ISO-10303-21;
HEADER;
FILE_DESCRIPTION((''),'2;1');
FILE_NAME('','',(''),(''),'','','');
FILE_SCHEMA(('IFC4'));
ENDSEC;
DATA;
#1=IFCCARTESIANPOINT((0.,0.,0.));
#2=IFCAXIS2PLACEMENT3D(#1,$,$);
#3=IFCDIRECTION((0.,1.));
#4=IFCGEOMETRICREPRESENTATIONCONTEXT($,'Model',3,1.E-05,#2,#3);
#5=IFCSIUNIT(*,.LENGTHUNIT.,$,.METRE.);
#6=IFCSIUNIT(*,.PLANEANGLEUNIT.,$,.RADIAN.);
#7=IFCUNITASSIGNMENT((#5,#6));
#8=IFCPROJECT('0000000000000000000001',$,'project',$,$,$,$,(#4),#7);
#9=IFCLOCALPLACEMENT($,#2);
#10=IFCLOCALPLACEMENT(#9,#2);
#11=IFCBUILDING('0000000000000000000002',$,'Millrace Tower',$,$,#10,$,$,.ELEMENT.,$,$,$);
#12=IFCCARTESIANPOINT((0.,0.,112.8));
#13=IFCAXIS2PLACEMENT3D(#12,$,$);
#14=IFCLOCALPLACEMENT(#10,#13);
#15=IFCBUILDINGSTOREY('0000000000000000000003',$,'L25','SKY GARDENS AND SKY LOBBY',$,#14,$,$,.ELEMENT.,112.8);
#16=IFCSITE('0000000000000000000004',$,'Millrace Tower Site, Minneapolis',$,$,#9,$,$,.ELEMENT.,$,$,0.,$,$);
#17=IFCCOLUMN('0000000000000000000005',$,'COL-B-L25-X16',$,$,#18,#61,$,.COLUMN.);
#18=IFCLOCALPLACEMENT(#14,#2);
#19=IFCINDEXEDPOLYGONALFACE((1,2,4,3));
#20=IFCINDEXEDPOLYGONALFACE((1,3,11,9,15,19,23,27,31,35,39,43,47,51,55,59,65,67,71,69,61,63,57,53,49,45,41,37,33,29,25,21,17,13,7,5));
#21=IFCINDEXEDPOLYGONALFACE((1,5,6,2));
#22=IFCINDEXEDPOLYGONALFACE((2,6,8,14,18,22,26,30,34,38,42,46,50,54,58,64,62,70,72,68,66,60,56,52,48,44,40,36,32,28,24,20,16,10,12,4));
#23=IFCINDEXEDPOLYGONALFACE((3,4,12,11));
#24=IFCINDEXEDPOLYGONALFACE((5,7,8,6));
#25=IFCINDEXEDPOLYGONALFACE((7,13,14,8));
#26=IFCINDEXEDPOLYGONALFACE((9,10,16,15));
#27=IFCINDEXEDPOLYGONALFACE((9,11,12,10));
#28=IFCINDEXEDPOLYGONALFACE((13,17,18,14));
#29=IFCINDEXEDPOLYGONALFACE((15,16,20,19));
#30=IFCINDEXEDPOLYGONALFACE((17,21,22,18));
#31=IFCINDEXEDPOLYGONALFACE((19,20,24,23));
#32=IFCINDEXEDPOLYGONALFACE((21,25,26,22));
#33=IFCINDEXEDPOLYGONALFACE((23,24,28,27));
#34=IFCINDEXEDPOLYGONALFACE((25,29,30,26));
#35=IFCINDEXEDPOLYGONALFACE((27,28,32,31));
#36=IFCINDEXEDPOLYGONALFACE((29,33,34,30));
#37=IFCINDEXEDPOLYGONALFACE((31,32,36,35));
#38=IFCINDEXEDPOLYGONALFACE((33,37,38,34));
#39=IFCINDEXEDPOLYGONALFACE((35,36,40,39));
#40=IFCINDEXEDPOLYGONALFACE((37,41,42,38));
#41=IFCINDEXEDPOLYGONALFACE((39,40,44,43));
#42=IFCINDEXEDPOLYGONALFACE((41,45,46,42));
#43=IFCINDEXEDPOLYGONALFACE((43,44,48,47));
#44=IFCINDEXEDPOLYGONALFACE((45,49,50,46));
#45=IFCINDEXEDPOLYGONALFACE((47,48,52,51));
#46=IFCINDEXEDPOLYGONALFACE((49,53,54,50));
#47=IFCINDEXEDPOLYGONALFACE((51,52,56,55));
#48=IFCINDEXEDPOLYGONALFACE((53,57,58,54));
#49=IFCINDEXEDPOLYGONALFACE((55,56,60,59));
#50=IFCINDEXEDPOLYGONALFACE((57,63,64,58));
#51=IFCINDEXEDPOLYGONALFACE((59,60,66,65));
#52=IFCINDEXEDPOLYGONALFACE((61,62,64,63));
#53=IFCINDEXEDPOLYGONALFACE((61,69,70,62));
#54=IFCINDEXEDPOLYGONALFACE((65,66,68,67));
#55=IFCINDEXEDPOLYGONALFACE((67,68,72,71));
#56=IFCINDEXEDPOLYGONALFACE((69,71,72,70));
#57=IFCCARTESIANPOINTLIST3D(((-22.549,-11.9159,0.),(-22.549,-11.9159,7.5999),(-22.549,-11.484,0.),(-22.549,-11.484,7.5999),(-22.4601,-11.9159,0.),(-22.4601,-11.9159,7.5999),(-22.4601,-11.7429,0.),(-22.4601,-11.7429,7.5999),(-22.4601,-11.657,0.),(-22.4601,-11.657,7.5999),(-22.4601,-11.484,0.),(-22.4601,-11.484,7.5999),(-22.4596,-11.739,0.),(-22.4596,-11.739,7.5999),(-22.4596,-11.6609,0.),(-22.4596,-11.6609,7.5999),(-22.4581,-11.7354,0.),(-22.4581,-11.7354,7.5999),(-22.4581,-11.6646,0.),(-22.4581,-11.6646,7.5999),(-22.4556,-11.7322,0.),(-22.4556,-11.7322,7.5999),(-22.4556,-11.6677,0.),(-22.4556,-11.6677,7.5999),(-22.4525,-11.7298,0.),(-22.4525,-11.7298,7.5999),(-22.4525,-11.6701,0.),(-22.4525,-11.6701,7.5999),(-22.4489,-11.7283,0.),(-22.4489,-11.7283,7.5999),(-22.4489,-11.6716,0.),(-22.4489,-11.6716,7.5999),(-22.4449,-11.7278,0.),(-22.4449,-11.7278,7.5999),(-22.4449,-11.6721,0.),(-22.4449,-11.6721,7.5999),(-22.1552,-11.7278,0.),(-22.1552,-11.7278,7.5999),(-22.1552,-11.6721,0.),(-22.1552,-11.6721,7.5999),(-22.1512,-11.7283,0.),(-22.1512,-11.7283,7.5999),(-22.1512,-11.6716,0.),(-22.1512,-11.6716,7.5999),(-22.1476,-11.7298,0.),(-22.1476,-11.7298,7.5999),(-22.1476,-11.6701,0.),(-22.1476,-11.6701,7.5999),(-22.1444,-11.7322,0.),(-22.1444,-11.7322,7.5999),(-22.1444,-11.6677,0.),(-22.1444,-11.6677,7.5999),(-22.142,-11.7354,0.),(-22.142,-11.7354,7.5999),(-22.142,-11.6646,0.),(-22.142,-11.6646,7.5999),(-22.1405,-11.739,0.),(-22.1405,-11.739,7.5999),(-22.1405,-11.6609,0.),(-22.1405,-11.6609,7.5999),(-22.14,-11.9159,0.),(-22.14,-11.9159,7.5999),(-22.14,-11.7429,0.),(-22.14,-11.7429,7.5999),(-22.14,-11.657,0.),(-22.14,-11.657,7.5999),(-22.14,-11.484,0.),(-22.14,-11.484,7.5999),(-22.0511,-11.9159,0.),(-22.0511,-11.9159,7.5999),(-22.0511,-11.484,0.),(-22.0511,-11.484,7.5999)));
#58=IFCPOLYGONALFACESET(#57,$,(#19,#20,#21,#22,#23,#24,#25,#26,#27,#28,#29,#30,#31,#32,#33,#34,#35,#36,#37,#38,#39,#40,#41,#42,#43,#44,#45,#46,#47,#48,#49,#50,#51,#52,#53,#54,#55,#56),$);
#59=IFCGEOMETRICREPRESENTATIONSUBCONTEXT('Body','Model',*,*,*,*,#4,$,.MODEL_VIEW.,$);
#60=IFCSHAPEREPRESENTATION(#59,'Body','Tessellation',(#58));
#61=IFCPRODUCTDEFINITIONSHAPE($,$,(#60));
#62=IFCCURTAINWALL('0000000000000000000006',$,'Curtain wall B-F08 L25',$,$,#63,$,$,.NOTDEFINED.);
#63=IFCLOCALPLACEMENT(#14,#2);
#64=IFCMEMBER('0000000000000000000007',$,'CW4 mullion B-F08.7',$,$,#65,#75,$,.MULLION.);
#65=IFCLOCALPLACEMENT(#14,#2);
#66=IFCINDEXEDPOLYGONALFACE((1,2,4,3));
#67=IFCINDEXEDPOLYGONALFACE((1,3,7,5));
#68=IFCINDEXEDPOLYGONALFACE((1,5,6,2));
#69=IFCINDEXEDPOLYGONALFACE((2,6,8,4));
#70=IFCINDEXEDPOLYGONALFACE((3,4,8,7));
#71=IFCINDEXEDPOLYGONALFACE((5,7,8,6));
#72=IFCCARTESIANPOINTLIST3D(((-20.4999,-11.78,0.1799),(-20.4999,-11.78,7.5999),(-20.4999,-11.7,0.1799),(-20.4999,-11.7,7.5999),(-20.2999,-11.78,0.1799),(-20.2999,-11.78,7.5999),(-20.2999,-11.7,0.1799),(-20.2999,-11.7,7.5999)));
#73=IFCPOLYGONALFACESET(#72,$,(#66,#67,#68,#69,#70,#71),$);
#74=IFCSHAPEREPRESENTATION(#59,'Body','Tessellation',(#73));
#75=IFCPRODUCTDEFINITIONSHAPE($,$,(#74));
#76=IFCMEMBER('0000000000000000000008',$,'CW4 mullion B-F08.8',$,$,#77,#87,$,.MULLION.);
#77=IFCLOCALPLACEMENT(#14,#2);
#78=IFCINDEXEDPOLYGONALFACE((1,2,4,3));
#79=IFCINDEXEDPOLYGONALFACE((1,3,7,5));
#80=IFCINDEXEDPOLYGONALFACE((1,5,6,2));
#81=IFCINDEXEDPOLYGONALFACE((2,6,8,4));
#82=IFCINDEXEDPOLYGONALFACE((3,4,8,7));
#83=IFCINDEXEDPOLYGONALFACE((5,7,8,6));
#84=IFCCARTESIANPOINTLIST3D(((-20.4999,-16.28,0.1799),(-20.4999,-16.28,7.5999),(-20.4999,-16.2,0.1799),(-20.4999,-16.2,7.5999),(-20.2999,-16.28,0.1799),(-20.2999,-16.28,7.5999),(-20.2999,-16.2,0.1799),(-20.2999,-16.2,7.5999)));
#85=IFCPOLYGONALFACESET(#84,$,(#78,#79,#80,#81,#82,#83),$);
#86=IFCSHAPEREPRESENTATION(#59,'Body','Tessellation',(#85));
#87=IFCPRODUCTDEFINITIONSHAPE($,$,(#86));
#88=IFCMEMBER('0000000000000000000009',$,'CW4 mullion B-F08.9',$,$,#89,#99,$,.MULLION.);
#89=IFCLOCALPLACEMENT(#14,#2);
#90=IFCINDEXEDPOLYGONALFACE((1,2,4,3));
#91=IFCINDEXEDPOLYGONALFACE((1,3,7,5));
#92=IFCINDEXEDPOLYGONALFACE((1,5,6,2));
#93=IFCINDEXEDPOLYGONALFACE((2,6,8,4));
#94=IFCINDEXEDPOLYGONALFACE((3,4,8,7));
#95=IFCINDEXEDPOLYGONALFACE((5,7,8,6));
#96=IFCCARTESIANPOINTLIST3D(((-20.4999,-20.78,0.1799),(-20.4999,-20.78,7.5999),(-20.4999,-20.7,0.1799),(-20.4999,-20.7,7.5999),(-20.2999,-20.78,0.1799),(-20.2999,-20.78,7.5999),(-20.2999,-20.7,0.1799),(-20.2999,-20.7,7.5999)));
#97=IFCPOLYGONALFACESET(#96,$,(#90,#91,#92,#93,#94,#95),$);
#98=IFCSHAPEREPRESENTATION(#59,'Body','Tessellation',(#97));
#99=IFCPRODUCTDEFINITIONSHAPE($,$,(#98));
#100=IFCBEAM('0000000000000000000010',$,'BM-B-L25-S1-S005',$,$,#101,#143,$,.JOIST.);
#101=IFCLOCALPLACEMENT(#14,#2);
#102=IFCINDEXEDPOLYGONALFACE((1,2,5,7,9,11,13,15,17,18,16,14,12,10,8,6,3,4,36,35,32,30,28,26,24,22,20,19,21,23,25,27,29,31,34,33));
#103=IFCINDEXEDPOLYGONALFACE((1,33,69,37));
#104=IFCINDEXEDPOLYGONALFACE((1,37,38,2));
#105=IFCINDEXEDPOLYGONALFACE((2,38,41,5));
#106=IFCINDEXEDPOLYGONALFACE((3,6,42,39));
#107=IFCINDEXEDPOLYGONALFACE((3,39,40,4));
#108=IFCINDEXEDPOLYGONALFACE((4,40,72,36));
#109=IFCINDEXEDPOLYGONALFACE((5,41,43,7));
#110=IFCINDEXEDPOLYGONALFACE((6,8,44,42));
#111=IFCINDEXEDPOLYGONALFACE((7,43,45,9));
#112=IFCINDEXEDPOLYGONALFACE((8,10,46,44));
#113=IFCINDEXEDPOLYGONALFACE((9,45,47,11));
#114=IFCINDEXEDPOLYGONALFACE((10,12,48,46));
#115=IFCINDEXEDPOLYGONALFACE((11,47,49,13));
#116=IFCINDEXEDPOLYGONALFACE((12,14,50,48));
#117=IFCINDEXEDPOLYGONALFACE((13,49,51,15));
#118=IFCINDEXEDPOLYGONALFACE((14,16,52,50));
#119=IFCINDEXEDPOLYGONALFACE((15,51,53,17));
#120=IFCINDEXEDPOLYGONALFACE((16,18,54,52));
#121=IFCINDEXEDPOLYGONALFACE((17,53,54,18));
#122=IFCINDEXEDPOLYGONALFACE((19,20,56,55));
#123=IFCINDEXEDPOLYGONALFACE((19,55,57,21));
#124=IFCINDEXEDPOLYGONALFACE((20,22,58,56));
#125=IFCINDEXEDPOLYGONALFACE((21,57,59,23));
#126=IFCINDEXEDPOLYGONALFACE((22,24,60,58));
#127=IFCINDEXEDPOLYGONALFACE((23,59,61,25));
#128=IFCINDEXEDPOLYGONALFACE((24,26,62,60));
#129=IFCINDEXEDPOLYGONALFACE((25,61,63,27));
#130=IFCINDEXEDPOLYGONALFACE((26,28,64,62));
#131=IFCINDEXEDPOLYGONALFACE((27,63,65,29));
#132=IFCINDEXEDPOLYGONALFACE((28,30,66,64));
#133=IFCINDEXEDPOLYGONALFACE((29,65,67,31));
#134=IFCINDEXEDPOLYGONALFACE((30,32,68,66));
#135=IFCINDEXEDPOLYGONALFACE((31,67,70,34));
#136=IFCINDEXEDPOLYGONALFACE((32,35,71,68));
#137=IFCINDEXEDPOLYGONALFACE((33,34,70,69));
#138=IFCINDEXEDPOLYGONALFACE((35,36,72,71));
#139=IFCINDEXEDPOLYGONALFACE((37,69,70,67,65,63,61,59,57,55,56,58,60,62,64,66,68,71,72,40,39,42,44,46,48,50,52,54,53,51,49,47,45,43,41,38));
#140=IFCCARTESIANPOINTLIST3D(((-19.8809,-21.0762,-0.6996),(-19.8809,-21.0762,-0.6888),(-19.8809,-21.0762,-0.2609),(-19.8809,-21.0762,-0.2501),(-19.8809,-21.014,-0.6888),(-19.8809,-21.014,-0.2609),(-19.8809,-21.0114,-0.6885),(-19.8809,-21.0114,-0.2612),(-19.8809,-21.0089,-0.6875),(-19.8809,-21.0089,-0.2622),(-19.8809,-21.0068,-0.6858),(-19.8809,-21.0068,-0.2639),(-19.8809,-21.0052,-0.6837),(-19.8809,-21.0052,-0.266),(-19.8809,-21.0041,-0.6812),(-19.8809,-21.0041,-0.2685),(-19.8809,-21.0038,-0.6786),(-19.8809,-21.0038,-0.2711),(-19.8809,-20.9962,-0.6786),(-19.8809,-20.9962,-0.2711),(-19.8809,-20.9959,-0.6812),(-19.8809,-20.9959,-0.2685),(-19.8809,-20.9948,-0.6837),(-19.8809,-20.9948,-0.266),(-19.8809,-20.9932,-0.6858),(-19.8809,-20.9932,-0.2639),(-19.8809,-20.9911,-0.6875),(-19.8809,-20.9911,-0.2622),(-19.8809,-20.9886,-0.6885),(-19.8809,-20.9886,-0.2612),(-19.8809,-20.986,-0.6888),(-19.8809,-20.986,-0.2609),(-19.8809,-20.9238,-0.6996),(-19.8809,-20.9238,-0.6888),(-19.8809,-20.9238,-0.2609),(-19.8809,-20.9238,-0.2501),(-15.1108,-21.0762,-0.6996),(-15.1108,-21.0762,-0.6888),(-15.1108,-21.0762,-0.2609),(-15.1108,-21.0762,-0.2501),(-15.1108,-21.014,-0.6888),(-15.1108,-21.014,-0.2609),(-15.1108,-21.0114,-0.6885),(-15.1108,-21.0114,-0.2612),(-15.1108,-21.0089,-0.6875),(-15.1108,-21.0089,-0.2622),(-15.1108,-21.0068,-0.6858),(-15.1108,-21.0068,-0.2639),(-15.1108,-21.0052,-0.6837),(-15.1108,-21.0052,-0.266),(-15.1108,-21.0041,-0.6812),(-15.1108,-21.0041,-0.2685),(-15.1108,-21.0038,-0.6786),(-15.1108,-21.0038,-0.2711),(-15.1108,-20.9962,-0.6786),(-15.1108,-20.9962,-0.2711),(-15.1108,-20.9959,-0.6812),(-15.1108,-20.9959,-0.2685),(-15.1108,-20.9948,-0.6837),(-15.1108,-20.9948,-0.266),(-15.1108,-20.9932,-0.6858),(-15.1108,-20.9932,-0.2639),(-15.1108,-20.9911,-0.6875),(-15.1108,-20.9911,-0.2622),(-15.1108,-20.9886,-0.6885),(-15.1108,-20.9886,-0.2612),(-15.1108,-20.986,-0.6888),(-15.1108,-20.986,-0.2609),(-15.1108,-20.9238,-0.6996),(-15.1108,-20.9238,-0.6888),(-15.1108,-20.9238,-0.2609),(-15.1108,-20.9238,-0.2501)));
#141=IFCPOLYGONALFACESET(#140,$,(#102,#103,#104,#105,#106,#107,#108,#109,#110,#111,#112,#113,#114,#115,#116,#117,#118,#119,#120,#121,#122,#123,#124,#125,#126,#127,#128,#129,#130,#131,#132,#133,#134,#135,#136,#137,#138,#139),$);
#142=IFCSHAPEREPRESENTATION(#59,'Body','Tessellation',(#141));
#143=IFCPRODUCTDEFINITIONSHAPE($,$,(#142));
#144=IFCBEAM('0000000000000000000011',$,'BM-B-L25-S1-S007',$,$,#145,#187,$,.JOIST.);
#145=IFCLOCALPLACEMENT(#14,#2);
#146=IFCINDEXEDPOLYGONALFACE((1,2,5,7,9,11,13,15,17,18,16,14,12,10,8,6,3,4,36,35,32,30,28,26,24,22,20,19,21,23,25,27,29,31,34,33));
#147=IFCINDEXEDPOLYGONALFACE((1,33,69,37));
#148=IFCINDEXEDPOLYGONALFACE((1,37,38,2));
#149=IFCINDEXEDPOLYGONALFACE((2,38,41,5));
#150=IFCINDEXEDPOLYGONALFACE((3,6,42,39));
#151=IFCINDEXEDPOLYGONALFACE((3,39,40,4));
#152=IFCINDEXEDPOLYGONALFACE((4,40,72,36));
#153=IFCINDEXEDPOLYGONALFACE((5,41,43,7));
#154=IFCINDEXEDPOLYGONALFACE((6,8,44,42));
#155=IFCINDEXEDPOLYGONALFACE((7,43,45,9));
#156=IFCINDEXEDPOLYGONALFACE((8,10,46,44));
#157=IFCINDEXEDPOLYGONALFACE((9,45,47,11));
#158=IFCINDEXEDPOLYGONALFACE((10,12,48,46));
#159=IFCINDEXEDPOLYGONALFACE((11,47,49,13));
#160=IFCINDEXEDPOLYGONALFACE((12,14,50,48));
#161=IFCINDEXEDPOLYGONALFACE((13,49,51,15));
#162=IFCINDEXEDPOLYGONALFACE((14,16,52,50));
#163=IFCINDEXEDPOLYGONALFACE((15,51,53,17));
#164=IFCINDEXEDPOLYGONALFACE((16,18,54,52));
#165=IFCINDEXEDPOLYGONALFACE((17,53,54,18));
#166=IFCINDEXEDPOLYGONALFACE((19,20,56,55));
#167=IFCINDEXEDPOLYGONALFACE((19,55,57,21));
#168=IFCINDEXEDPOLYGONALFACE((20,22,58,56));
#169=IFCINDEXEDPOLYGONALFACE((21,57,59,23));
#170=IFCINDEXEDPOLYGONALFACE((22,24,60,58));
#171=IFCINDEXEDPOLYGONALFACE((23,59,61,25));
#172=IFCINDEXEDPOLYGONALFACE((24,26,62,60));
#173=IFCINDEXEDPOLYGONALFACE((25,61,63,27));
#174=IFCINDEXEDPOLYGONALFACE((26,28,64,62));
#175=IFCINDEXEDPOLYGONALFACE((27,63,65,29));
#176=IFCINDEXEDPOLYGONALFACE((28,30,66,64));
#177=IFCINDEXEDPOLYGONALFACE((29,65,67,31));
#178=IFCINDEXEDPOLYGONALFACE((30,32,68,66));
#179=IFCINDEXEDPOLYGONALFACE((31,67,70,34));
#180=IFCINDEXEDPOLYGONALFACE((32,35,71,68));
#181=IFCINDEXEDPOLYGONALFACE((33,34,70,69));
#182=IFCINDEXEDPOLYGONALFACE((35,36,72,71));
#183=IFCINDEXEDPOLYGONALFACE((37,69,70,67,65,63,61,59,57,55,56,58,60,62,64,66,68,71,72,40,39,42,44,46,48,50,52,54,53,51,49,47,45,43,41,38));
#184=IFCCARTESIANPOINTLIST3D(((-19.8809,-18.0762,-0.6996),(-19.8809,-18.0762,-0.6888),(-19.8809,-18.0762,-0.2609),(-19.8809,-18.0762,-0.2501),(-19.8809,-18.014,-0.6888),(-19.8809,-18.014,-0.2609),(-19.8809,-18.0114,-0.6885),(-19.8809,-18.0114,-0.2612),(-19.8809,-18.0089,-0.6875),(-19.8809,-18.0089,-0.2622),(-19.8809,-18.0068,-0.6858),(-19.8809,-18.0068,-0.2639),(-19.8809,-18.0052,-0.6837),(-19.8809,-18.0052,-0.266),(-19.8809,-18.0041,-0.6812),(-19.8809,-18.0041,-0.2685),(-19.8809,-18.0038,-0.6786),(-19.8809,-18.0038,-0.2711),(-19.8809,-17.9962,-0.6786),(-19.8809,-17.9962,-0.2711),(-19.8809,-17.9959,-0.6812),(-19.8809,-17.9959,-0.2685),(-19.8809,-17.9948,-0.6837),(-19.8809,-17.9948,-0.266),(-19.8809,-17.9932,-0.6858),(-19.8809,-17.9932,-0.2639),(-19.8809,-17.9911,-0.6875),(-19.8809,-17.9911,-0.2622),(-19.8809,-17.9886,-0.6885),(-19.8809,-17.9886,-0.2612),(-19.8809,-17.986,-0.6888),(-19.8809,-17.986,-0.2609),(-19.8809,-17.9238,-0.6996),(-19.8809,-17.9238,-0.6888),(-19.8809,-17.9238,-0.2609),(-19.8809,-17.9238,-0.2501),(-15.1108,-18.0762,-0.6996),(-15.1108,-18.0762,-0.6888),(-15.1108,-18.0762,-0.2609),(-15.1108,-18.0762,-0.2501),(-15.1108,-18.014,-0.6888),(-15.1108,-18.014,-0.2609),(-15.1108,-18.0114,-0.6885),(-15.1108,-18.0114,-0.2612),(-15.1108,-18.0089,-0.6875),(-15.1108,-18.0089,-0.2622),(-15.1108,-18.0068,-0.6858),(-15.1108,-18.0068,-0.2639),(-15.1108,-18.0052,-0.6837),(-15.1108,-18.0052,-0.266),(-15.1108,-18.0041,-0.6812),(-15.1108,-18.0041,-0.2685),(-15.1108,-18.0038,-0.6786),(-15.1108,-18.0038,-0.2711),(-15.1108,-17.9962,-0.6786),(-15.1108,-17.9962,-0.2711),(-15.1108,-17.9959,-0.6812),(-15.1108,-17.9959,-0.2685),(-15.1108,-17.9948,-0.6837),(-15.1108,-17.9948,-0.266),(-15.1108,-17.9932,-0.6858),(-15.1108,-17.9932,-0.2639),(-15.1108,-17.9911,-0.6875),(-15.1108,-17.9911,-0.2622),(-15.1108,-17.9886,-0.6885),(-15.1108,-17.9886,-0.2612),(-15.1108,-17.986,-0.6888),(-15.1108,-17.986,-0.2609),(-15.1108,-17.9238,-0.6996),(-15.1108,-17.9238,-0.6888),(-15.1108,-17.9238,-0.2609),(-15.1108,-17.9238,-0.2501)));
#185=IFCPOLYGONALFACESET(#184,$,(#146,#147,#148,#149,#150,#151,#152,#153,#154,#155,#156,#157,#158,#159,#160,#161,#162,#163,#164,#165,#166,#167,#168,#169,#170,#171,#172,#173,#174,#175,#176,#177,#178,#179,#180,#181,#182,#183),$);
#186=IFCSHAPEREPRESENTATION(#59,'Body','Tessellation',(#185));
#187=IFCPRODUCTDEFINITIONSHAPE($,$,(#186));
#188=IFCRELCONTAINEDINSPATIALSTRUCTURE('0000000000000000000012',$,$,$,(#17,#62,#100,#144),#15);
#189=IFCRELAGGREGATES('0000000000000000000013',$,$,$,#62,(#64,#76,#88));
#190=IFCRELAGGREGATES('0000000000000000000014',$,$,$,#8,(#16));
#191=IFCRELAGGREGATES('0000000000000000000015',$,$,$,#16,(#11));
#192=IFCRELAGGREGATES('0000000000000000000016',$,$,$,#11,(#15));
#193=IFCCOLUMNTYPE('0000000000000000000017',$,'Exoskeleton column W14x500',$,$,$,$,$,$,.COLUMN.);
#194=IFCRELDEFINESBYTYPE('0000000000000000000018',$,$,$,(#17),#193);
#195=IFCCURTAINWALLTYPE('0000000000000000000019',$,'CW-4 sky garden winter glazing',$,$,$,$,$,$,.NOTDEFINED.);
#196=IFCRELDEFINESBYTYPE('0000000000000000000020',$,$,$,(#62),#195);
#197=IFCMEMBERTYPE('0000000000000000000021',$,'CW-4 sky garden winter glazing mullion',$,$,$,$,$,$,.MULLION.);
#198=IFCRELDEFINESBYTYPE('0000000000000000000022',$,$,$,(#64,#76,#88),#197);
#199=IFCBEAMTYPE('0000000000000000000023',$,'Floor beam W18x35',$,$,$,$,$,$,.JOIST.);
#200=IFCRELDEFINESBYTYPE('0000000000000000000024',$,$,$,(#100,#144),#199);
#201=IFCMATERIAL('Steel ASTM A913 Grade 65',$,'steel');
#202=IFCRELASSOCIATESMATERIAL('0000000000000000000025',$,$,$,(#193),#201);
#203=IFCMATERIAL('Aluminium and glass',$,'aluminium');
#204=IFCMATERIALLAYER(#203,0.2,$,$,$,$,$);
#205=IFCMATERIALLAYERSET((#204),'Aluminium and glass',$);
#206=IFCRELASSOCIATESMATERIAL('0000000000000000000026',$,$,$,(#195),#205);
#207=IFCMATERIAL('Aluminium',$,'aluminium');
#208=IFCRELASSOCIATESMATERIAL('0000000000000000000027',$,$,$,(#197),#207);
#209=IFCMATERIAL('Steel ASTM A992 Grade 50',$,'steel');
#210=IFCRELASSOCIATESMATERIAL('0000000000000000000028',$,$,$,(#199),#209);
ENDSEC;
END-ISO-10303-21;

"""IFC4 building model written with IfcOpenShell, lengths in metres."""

from ifc_helpers import new_model, si_unit, direction, frame, origin, origin_2d, place, context, subcontext, project, spatial, rectangle, i_section, extrude, material, layer, layer_set, material_profile, profile_set, type_object, element, aggregate, save


model = new_model("IFC4")

# Units and contexts
model_context = context("Model", 3, precision=1e-05, world=origin(), true_north=direction((0.0, 1.0)))
body_context = subcontext(model_context, "Body", "Model", "MODEL_VIEW")
ifc_project = project(units=[si_unit("LENGTHUNIT", "METRE"), si_unit("PLANEANGLEUNIT", "RADIAN")], contexts=[model_context])

# Site, building, storey
site_placement = place(None, origin())
site = spatial("IfcSite", under=ifc_project, at=site_placement, Name="Millrace Tower Site, Minneapolis", CompositionType="ELEMENT", RefElevation=0.0)
building_placement = place(site_placement, origin())
building = spatial("IfcBuilding", under=site, at=building_placement, Name="Millrace Tower", CompositionType="ELEMENT")
storey_placement = place(building_placement, frame((0.0, 0.0, 112.8)))
storey = spatial("IfcBuildingStorey", under=building, at=storey_placement, Name="L25", Description="SKY GARDENS AND SKY LOBBY", CompositionType="ELEMENT", Elevation=112.8)

# Column
ifc_material_1 = material(Name="Steel ASTM A913 Grade 65", Category="steel")
ifc_material_profile_1 = material_profile(ifc_material_1, i_section(OverallWidth=0.4319, OverallDepth=0.4978, WebThickness=0.0557, FlangeThickness=0.0889, FilletRadius=0.0151, at=origin_2d()))
ifc_profile_set_1 = profile_set([ifc_material_profile_1], Name="Steel ASTM A913 Grade 65")
column_type = type_object("IfcColumnType", Name="Exoskeleton column W14x500", PredefinedType="COLUMN", material=ifc_profile_set_1)
column_placement = place(storey_placement, frame((-22.3, -11.7, 0.0), z_axis=(0.0, 0.0, 1.0), x_axis=(0.0, -1.0, 0.0)))
element("IfcColumn", 1, at=column_placement, inside=storey, type_object=column_type, Name="COL-B-L25-X16", PredefinedType="COLUMN", context=body_context, shape_type="SweptSolid", body=[
    extrude(i_section(OverallWidth=0.4319, OverallDepth=0.4978, WebThickness=0.0557, FlangeThickness=0.0889, FilletRadius=0.0151, at=origin_2d()), origin(), (0.0, 0.0, 1.0), 7.5999),
])

# Curtain wall, members
ifc_material_2 = material(Name="Aluminium and glass", Category="aluminium")
ifc_layer_1 = layer(ifc_material_2, 0.2)
ifc_layer_set_1 = layer_set([ifc_layer_1], Name="Aluminium and glass")
curtain_wall_type = type_object("IfcCurtainWallType", Name="CW-4 sky garden winter glazing", PredefinedType="NOTDEFINED", material=ifc_layer_set_1)
curtain_wall_placement = place(storey_placement, origin())
curtain_wall = element("IfcCurtainWall", 2, at=curtain_wall_placement, inside=storey, type_object=curtain_wall_type, Name="Curtain wall B-F08 L25", PredefinedType="NOTDEFINED")
ifc_material_3 = material(Name="Aluminium", Category="aluminium")
ifc_material_profile_2 = material_profile(ifc_material_3, rectangle(XDim=0.0801, YDim=0.2, at=origin_2d()))
ifc_profile_set_2 = profile_set([ifc_material_profile_2], Name="Aluminium")
member_type = type_object("IfcMemberType", Name="CW-4 sky garden winter glazing mullion", PredefinedType="MULLION", material=ifc_profile_set_2)
member_1_placement = place(storey_placement, frame((-20.3999, -11.74, 0.1799), z_axis=(0.0, 0.0, 1.0), x_axis=(0.0, -1.0, 0.0)))
member_1 = element("IfcMember", 3, at=member_1_placement, type_object=member_type, Name="CW4 mullion B-F08.7", PredefinedType="MULLION", context=body_context, shape_type="SweptSolid", body=[
    extrude(rectangle(XDim=0.0801, YDim=0.2, at=origin_2d()), origin(), (0.0, 0.0, 1.0), 7.4199),
])
member_2_placement = place(storey_placement, frame((-20.3999, -16.24, 0.1799), z_axis=(0.0, 0.0, 1.0), x_axis=(0.0, -1.0, 0.0)))
member_2 = element("IfcMember", 4, at=member_2_placement, type_object=member_type, Name="CW4 mullion B-F08.8", PredefinedType="MULLION", context=body_context, shape_type="SweptSolid", body=[
    extrude(rectangle(XDim=0.0801, YDim=0.2, at=origin_2d()), origin(), (0.0, 0.0, 1.0), 7.4199),
])
member_3_placement = place(storey_placement, frame((-20.3999, -20.74, 0.1799), z_axis=(0.0, 0.0, 1.0), x_axis=(0.0, -1.0, 0.0)))
member_3 = element("IfcMember", 5, at=member_3_placement, type_object=member_type, Name="CW4 mullion B-F08.9", PredefinedType="MULLION", context=body_context, shape_type="SweptSolid", body=[
    extrude(rectangle(XDim=0.0801, YDim=0.2, at=origin_2d()), origin(), (0.0, 0.0, 1.0), 7.4199),
])
aggregate(curtain_wall, [member_1, member_2, member_3])

# Beams
ifc_material_4 = material(Name="Steel ASTM A992 Grade 50", Category="steel")
ifc_material_profile_3 = material_profile(ifc_material_4, i_section(OverallWidth=0.1523, OverallDepth=0.4495, WebThickness=0.0076, FlangeThickness=0.0107, FilletRadius=0.0103, at=origin_2d()))
ifc_profile_set_3 = profile_set([ifc_material_profile_3], Name="Steel ASTM A992 Grade 50")
beam_type_1 = type_object("IfcBeamType", Name="Floor beam W18x35", PredefinedType="JOIST", material=ifc_profile_set_3)
for number, where, z_axis, x_axis, name in (
    (6, (-19.8809, -21.0, -0.4749), (1.0, 0.0, 0.0), (0.0, 1.0, 0.0), "BM-B-L25-S1-S005"),
    (7, (-19.8809, -18.0, -0.4749), (1.0, 0.0, 0.0), (0.0, 1.0, 0.0), "BM-B-L25-S1-S007"),
):
    element("IfcBeam", number, at=place(storey_placement, frame(where, z_axis=z_axis, x_axis=x_axis)), inside=storey, type_object=beam_type_1, Name=name, PredefinedType="JOIST", context=body_context, shape_type="SweptSolid", body=[
        extrude(i_section(OverallWidth=0.1523, OverallDepth=0.4495, WebThickness=0.0076, FlangeThickness=0.0107, FilletRadius=0.0103, at=origin_2d()), origin(), (0.0, 0.0, 1.0), 4.77),
    ])

save(model, "model.ifc")
